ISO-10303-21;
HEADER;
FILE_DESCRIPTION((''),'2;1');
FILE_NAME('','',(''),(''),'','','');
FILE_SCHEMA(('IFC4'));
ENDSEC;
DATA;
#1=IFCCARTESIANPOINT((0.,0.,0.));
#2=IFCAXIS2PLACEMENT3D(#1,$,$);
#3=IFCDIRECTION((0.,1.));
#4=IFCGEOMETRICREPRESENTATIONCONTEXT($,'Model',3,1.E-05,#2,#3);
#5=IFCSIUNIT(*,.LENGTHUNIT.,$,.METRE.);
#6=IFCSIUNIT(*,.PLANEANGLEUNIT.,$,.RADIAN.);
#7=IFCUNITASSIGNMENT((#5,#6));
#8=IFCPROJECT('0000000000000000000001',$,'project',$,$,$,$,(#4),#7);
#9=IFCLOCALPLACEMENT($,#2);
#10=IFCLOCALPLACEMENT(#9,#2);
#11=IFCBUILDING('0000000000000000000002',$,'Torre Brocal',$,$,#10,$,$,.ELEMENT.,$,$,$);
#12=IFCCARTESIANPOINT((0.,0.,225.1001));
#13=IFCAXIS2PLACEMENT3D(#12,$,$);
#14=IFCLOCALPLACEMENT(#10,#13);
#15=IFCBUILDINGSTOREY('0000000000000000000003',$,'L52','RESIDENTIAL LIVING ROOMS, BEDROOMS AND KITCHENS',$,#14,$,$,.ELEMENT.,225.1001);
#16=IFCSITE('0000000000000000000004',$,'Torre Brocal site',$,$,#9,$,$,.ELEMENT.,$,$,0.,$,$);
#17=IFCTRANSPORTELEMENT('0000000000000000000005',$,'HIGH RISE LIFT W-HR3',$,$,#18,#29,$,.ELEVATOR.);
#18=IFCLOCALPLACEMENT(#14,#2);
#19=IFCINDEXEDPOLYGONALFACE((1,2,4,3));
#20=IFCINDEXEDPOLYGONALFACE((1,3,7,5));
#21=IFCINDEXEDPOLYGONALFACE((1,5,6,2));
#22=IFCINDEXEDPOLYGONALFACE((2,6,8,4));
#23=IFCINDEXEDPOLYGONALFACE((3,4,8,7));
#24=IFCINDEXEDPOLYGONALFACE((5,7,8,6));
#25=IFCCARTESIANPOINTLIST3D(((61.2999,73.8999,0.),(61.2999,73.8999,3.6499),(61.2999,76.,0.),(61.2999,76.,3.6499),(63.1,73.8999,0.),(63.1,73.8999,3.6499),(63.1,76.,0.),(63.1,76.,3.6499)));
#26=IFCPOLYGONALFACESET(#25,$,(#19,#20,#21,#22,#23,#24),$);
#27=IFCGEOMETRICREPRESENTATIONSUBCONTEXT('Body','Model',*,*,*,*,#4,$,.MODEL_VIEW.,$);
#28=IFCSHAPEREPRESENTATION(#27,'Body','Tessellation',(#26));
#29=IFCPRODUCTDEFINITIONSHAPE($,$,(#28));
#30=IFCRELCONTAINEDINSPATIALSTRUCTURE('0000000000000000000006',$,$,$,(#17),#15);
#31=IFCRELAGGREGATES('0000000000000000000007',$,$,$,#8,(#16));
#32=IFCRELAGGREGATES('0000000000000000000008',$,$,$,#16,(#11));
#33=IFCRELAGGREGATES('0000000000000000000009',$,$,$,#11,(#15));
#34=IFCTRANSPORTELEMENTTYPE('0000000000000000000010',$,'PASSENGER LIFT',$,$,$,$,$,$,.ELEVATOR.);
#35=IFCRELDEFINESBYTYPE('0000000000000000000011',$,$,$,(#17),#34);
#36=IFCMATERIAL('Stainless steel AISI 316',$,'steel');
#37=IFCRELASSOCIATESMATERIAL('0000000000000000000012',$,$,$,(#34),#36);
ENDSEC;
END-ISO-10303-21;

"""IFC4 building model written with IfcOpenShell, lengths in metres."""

from ifc_helpers import new_model, si_unit, direction, frame, origin, origin_2d, place, context, subcontext, project, spatial, rectangle, extrude, material, type_object, element, save


model = new_model("IFC4")

# Units and contexts
model_context = context("Model", 3, precision=1e-05, world=origin(), true_north=direction((0.0, 1.0)))
body_context = subcontext(model_context, "Body", "Model", "MODEL_VIEW")
ifc_project = project(units=[si_unit("LENGTHUNIT", "METRE"), si_unit("PLANEANGLEUNIT", "RADIAN")], contexts=[model_context])

# Site, building, storey
site_placement = place(None, origin())
site = spatial("IfcSite", under=ifc_project, at=site_placement, Name="Torre Brocal site", CompositionType="ELEMENT", RefElevation=0.0)
building_placement = place(site_placement, origin())
building = spatial("IfcBuilding", under=site, at=building_placement, Name="Torre Brocal", CompositionType="ELEMENT")
storey_placement = place(building_placement, frame((0.0, 0.0, 225.1001)))
storey = spatial("IfcBuildingStorey", under=building, at=storey_placement, Name="L52", Description="RESIDENTIAL LIVING ROOMS, BEDROOMS AND KITCHENS", CompositionType="ELEMENT", Elevation=225.1001)

# Transport element
ifc_material_1 = material(Name="Stainless steel AISI 316", Category="steel")
transport_element_type = type_object("IfcTransportElementType", Name="PASSENGER LIFT", PredefinedType="ELEVATOR", material=ifc_material_1)
transport_element_placement = place(storey_placement, frame((62.2, 74.95, 0.0), z_axis=(0.0, 0.0, 1.0), x_axis=(1.0, 0.0, 0.0)))
element("IfcTransportElement", 1, at=transport_element_placement, inside=storey, type_object=transport_element_type, Name="HIGH RISE LIFT W-HR3", PredefinedType="ELEVATOR", context=body_context, shape_type="SweptSolid", body=[
    extrude(rectangle(XDim=1.8, YDim=2.1001, at=origin_2d()), origin(), (0.0, 0.0, 1.0), 3.6499),
])

save(model, "model.ifc")
